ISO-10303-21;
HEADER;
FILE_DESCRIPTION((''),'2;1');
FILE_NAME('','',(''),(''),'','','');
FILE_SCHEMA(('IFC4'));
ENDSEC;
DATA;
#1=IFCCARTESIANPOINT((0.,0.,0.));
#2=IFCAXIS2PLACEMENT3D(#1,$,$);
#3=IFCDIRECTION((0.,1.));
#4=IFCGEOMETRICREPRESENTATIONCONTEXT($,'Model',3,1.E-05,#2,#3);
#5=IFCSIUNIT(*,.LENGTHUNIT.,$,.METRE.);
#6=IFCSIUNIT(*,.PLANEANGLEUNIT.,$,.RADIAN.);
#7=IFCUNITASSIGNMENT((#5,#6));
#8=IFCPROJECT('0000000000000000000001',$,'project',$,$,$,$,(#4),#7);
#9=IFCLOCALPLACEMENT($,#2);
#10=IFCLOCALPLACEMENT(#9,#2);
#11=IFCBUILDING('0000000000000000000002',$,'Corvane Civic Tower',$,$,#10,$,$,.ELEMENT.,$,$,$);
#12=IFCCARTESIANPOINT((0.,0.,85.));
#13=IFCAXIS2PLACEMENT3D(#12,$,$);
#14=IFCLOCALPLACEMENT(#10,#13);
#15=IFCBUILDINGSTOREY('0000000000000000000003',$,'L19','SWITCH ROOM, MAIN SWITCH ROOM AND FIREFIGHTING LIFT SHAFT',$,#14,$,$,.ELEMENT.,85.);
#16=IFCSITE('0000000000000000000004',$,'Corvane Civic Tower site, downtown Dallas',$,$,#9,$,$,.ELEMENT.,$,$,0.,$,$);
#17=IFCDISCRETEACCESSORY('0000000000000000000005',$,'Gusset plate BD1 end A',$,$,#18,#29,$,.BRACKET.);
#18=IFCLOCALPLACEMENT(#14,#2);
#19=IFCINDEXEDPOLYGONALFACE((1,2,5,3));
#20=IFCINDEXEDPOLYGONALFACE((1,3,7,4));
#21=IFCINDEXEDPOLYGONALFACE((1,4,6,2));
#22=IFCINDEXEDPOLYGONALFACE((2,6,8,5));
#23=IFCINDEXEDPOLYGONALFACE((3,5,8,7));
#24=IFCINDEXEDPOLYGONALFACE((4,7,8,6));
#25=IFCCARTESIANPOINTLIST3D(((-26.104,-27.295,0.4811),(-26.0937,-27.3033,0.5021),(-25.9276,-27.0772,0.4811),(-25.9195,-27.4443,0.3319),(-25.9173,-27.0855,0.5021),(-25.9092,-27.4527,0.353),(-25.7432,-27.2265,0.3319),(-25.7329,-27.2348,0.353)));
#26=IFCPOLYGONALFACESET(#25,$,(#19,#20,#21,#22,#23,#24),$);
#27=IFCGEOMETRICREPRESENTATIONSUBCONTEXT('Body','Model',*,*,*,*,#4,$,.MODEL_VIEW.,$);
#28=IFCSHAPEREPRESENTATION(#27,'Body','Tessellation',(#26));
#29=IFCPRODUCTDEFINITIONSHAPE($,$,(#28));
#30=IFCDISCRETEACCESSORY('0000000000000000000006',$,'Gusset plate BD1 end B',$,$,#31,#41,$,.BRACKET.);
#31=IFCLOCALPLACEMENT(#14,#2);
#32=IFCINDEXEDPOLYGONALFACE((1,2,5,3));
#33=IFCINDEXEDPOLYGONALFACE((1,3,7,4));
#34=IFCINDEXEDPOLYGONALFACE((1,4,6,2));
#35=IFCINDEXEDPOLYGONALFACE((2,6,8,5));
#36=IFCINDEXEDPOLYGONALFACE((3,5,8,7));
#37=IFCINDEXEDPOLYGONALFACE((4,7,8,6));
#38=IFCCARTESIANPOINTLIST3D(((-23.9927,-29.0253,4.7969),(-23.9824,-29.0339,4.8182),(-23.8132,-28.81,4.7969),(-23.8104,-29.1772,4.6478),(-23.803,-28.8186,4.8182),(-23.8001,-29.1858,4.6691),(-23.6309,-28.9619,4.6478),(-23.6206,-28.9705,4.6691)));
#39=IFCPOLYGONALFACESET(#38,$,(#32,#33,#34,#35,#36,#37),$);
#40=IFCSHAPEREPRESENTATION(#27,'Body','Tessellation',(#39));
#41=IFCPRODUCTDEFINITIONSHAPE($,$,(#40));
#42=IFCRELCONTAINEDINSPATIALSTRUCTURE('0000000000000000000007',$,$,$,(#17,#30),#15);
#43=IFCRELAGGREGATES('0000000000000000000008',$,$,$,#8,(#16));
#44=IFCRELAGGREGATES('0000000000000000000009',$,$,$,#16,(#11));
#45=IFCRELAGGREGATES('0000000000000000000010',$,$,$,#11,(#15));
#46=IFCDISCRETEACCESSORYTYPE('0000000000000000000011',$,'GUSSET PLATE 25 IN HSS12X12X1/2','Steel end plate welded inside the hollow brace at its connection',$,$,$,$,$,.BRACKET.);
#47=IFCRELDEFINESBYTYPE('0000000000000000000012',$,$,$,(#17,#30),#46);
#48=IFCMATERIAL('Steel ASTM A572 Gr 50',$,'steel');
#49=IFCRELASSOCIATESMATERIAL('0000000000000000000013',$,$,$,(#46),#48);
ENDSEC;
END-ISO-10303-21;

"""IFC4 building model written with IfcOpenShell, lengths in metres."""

from ifc_helpers import new_model, si_unit, direction, frame, origin, origin_2d, place, context, subcontext, project, spatial, rectangle, extrude, material, material_profile, profile_set, type_object, element, save


model = new_model("IFC4")

# Units and contexts
model_context = context("Model", 3, precision=1e-05, world=origin(), true_north=direction((0.0, 1.0)))
body_context = subcontext(model_context, "Body", "Model", "MODEL_VIEW")
ifc_project = project(units=[si_unit("LENGTHUNIT", "METRE"), si_unit("PLANEANGLEUNIT", "RADIAN")], contexts=[model_context])

# Site, building, storey
site_placement = place(None, origin())
site = spatial("IfcSite", under=ifc_project, at=site_placement, Name="Corvane Civic Tower site, downtown Dallas", CompositionType="ELEMENT", RefElevation=0.0)
building_placement = place(site_placement, origin())
building = spatial("IfcBuilding", under=site, at=building_placement, Name="Corvane Civic Tower", CompositionType="ELEMENT")
storey_placement = place(building_placement, frame((0.0, 0.0, 85.0)))
storey = spatial("IfcBuildingStorey", under=building, at=storey_placement, Name="L19", Description="SWITCH ROOM, MAIN SWITCH ROOM AND FIREFIGHTING LIFT SHAFT", CompositionType="ELEMENT", Elevation=85.0)

# Discrete accessories
ifc_material_1 = material(Name="Steel ASTM A572 Gr 50", Category="steel")
ifc_material_profile_1 = material_profile(ifc_material_1, rectangle(XDim=0.2803, YDim=0.2803, at=origin_2d()), Name="GUSSET PLATE 25 IN HSS12X12X1/2")
ifc_profile_set_1 = profile_set([ifc_material_profile_1], Name="Steel ASTM A572 Gr 50")
discrete_accessory_type = type_object("IfcDiscreteAccessoryType", Name="GUSSET PLATE 25 IN HSS12X12X1/2", Description="Steel end plate welded inside the hollow brace at its connection", PredefinedType="BRACKET", material=ifc_profile_set_1)
discrete_accessory_1_placement = place(storey_placement, frame((-25.9236, -27.2607, 0.4065), z_axis=(0.413517, -0.334752, 0.846726), x_axis=(0.629198, 0.777245, 0.0)))
element("IfcDiscreteAccessory", 1, at=discrete_accessory_1_placement, inside=storey, type_object=discrete_accessory_type, Name="Gusset plate BD1 end A", PredefinedType="BRACKET", context=body_context, shape_type="SweptSolid", body=[
    extrude(rectangle(XDim=0.2803, YDim=0.2803, at=origin_2d()), origin(), (0.0, 0.0, 1.0), 0.0249),
])
discrete_accessory_2_placement = place(storey_placement, frame((-23.8015, -29.0022, 4.7437), z_axis=(-0.408751, 0.340626, -0.846698), x_axis=(-0.640184, -0.768221, 0.0)))
element("IfcDiscreteAccessory", 2, at=discrete_accessory_2_placement, inside=storey, type_object=discrete_accessory_type, Name="Gusset plate BD1 end B", PredefinedType="BRACKET", context=body_context, shape_type="SweptSolid", body=[
    extrude(rectangle(XDim=0.2803, YDim=0.2803, at=origin_2d()), origin(), (0.0, 0.0, 1.0), 0.0251),
])

save(model, "model.ifc")
